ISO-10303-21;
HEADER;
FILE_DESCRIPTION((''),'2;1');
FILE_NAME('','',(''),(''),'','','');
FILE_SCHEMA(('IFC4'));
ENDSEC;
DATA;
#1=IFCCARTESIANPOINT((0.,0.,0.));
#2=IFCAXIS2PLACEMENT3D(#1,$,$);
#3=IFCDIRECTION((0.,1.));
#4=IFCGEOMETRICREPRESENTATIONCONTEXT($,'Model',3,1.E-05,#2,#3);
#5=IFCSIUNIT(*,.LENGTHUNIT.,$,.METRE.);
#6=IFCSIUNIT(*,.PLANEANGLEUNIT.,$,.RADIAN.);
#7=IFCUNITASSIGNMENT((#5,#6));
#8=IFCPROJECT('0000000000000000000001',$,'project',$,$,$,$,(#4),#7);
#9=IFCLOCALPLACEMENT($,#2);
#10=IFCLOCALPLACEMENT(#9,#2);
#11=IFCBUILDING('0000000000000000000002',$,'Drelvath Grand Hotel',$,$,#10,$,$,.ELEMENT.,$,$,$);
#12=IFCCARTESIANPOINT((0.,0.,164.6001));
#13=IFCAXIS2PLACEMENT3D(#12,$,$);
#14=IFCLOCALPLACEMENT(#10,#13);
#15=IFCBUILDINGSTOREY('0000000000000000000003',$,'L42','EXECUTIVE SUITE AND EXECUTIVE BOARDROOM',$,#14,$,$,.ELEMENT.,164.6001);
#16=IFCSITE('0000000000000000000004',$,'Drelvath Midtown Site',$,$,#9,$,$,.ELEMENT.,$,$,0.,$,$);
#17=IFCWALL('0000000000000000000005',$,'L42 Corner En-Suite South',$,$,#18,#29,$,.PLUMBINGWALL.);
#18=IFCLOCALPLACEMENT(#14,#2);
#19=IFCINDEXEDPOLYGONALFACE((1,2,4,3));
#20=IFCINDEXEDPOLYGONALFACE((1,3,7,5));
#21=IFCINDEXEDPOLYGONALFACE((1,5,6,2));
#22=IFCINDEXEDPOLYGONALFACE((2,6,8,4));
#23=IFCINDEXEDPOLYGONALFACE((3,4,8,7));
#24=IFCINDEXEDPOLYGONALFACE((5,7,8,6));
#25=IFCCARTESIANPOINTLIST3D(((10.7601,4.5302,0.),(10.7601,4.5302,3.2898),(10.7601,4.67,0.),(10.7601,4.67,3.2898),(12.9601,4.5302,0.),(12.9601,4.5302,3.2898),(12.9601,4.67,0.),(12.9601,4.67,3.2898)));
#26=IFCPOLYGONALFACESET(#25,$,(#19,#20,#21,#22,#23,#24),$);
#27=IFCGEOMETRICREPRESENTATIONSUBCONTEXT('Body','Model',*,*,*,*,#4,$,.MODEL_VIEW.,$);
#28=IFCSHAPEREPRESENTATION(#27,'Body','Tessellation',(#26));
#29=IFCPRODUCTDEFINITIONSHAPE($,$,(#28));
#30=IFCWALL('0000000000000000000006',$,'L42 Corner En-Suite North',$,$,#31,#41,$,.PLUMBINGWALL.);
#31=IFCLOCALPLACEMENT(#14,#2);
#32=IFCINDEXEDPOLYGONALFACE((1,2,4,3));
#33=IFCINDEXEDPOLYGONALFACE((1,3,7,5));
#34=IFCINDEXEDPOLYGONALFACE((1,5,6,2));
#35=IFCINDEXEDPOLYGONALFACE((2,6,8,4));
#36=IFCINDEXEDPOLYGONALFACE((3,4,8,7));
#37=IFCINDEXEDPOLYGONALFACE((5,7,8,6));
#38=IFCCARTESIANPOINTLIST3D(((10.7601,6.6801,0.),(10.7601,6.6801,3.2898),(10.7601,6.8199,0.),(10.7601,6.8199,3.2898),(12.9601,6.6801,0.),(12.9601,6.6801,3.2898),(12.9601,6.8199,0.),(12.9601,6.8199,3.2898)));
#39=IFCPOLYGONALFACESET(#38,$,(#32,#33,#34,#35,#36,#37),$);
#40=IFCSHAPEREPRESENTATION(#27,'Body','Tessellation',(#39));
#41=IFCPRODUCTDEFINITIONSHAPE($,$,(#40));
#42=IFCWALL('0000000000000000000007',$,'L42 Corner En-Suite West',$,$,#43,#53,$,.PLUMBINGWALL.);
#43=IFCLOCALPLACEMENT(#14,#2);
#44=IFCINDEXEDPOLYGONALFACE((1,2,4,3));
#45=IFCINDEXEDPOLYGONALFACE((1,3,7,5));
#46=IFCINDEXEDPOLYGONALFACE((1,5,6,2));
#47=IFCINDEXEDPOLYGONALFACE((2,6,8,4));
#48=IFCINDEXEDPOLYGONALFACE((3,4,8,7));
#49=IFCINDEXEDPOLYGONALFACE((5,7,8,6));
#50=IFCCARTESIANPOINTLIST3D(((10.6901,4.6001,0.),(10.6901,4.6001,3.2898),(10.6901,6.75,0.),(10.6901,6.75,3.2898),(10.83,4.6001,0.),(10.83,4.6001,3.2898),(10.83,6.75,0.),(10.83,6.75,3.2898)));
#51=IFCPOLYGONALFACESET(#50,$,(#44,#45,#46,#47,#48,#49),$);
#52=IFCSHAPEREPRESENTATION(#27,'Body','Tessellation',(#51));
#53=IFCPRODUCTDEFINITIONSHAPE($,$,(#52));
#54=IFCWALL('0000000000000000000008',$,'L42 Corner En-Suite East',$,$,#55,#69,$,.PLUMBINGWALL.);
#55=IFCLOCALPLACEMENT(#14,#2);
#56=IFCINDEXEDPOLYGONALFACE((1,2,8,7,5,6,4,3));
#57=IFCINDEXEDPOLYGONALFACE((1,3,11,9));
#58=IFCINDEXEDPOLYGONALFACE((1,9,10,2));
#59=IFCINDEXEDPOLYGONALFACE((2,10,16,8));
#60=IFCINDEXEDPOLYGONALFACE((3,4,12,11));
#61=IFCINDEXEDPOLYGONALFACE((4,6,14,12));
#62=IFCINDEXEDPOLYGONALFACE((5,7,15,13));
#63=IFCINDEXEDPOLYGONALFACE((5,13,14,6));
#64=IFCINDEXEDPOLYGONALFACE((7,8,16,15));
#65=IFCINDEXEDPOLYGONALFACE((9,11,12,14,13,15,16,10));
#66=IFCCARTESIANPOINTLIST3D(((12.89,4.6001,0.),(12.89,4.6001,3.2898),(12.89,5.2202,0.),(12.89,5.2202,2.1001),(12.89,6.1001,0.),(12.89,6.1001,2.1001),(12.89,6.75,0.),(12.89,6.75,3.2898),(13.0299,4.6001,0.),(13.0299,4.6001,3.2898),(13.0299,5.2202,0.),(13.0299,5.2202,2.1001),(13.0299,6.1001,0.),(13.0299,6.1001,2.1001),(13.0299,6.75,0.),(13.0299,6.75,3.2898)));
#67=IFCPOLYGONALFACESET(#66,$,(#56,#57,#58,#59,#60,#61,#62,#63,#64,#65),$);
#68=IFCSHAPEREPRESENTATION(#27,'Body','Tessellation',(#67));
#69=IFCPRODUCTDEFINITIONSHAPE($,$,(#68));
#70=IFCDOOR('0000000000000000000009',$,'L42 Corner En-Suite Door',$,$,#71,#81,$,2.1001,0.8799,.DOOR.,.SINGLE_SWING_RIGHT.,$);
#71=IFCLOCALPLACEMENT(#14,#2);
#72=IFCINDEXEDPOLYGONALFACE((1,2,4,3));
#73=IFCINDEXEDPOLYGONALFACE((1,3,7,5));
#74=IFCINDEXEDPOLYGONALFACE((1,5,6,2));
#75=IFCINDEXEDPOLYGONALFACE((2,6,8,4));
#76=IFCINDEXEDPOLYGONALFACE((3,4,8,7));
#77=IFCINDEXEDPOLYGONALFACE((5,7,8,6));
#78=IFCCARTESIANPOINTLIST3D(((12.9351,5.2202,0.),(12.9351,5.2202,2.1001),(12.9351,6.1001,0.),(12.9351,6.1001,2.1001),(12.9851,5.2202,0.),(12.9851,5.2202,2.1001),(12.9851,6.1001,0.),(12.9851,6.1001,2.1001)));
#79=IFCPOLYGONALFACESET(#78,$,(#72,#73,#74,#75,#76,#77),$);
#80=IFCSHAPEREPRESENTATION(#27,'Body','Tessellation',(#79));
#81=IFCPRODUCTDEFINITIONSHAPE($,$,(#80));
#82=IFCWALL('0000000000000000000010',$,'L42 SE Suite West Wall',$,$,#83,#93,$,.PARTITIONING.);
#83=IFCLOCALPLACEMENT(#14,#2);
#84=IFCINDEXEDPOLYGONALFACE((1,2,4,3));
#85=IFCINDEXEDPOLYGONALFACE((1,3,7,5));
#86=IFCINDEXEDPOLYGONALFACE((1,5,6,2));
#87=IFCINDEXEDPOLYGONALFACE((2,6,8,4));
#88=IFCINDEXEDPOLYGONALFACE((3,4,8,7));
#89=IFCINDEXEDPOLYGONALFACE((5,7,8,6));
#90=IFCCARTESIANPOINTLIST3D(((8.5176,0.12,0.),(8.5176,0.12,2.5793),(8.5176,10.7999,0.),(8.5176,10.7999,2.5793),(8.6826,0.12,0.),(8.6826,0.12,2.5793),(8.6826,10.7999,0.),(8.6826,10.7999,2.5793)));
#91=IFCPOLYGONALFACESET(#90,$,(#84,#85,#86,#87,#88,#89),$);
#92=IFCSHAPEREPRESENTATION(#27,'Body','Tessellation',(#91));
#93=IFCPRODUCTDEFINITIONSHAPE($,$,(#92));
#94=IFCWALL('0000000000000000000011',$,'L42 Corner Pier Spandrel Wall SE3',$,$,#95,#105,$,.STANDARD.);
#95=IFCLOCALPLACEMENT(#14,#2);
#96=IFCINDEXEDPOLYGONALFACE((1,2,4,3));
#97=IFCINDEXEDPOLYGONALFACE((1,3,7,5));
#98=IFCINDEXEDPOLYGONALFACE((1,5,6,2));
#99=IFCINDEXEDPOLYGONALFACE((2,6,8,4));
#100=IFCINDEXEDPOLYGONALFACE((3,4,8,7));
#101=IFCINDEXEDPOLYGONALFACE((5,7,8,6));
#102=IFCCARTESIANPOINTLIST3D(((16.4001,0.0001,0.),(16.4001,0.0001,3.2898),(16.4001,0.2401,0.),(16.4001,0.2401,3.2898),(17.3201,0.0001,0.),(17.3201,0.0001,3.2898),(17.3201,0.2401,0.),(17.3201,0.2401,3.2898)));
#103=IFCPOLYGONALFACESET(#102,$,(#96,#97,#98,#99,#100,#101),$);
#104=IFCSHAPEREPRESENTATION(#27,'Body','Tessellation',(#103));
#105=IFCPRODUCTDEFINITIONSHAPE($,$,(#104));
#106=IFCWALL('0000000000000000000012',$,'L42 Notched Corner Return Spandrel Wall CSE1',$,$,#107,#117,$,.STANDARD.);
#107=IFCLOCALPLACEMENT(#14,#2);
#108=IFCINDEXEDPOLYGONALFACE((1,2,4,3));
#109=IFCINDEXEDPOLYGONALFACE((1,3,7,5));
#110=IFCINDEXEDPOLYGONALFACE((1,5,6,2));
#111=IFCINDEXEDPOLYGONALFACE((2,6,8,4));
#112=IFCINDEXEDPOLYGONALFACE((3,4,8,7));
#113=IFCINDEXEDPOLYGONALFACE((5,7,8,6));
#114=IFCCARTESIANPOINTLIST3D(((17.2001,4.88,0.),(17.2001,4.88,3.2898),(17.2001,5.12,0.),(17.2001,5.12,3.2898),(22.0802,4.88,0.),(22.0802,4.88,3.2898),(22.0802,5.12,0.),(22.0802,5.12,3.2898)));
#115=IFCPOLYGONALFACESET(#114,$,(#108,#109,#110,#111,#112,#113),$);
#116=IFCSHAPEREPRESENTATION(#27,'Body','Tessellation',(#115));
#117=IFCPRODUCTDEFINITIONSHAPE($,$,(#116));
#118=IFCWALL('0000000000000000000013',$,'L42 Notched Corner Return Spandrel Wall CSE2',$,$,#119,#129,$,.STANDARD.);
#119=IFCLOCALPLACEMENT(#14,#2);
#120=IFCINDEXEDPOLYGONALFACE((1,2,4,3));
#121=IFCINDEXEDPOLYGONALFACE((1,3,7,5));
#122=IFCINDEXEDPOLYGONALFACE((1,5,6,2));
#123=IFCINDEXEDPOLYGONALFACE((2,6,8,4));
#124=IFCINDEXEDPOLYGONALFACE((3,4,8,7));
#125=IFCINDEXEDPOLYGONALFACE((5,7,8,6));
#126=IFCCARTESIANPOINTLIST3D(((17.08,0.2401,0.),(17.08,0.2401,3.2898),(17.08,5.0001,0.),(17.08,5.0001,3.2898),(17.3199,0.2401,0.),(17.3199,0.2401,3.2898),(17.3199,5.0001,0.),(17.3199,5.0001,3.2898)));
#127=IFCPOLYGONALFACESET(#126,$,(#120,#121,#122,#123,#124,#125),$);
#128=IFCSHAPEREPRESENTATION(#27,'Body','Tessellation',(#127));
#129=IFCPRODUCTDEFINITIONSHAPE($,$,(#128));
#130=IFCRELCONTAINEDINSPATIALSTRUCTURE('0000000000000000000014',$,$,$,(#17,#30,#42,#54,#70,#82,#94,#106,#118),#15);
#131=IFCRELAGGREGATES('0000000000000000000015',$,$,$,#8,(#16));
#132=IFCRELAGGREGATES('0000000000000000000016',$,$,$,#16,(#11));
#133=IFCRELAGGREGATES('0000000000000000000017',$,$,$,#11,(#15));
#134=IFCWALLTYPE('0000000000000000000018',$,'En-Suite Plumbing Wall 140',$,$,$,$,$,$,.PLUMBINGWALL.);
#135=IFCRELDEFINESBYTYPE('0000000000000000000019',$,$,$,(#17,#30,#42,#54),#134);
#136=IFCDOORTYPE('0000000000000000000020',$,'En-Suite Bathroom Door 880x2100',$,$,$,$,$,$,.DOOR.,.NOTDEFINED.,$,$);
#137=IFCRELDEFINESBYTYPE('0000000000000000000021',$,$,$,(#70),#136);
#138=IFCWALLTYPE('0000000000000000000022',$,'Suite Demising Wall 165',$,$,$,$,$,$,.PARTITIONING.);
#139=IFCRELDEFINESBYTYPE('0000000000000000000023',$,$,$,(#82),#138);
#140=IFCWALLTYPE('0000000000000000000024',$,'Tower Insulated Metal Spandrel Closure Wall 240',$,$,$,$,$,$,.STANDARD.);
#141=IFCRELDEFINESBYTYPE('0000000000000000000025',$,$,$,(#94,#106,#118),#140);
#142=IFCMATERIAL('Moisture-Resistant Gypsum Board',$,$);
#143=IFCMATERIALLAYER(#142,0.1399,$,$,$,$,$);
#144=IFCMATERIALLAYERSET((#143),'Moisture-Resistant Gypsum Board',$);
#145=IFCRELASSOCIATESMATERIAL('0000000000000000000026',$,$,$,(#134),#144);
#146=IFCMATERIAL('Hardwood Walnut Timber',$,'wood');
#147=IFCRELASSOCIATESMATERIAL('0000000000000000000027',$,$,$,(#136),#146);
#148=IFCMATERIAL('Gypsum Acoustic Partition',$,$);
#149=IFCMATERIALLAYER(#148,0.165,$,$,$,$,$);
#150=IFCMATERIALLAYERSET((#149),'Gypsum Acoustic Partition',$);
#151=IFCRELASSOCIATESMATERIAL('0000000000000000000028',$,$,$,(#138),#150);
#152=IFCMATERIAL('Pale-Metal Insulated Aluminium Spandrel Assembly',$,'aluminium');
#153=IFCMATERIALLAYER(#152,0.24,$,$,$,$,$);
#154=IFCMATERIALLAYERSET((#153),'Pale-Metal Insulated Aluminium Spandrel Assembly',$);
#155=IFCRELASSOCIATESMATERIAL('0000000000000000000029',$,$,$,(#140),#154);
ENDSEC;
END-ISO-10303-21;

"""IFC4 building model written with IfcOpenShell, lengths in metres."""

from ifc_helpers import new_model, si_unit, direction, frame, frame_2d, origin, place, context, subcontext, project, spatial, rectangle, extrude, material, layer, layer_set, type_object, element, fill, save


model = new_model("IFC4")

# Units and contexts
model_context = context("Model", 3, precision=1e-05, world=origin(), true_north=direction((0.0, 1.0)))
body_context = subcontext(model_context, "Body", "Model", "MODEL_VIEW")
ifc_project = project(units=[si_unit("LENGTHUNIT", "METRE"), si_unit("PLANEANGLEUNIT", "RADIAN")], contexts=[model_context])

# Site, building, storey
site_placement = place(None, origin())
site = spatial("IfcSite", under=ifc_project, at=site_placement, Name="Drelvath Midtown Site", CompositionType="ELEMENT", RefElevation=0.0)
building_placement = place(site_placement, origin())
building = spatial("IfcBuilding", under=site, at=building_placement, Name="Drelvath Grand Hotel", CompositionType="ELEMENT")
storey_placement = place(building_placement, frame((0.0, 0.0, 164.6001)))
storey = spatial("IfcBuildingStorey", under=building, at=storey_placement, Name="L42", Description="EXECUTIVE SUITE AND EXECUTIVE BOARDROOM", CompositionType="ELEMENT", Elevation=164.6001)

# Walls
ifc_material_1 = material(Name="Moisture-Resistant Gypsum Board")
ifc_layer_1 = layer(ifc_material_1, 0.1399)
ifc_layer_set_1 = layer_set([ifc_layer_1], Name="Moisture-Resistant Gypsum Board")
wall_type_1 = type_object("IfcWallType", Name="En-Suite Plumbing Wall 140", PredefinedType="PLUMBINGWALL", material=ifc_layer_set_1)
for number, where, z_axis, x_axis, name in (
    (1, (10.76, 4.6001, 0.0), (0.0, 0.0, 1.0), (1.0, 0.0, 0.0), "L42 Corner En-Suite South"),
    (2, (10.76, 6.75, 0.0), (0.0, 0.0, 1.0), (1.0, 0.0, 0.0), "L42 Corner En-Suite North"),
):
    element("IfcWall", number, at=place(storey_placement, frame(where, z_axis=z_axis, x_axis=x_axis)), inside=storey, type_object=wall_type_1, Name=name, PredefinedType="PLUMBINGWALL", context=body_context, shape_type="SweptSolid", body=[
        extrude(rectangle(XDim=2.2, YDim=0.1399, at=frame_2d((1.1001, 0.0))), origin(), (0.0, 0.0, 1.0), 3.2898),
    ])
wall_1_placement = place(storey_placement, frame((10.76, 4.6001, 0.0), z_axis=(0.0, 0.0, 1.0), x_axis=(0.0, 1.0, 0.0)))
element("IfcWall", 3, at=wall_1_placement, inside=storey, type_object=wall_type_1, Name="L42 Corner En-Suite West", PredefinedType="PLUMBINGWALL", context=body_context, shape_type="SweptSolid", body=[
    extrude(rectangle(XDim=2.1499, YDim=0.1399, at=frame_2d((1.075, 0.0))), origin(), (0.0, 0.0, 1.0), 3.2898),
])

# Wall, opening, door
wall_2_placement = place(storey_placement, frame((12.96, 4.6001, 0.0), z_axis=(0.0, 0.0, 1.0), x_axis=(0.0, 1.0, 0.0)))
wall_2 = element("IfcWall", 4, at=wall_2_placement, inside=storey, type_object=wall_type_1, Name="L42 Corner En-Suite East", PredefinedType="PLUMBINGWALL", context=body_context, shape_type="SweptSolid", body=[
    extrude(rectangle(XDim=2.1499, YDim=0.1399, at=frame_2d((1.075, 0.0))), origin(), (0.0, 0.0, 1.0), 3.2898),
])
opening_placement = place(wall_2_placement, frame((0.6201, 0.0, 0.0)))
opening = element("IfcOpeningElement", 5, at=opening_placement, cuts=wall_2, PredefinedType="OPENING", context=body_context, shape_type="SweptSolid", body=[
    extrude(rectangle(XDim=0.8799, YDim=2.1001, at=frame_2d((0.4399, 1.05))), frame((0.0, 0.0798, 0.0), z_axis=(0.0, -1.0, 0.0), x_axis=(1.0, 0.0, 0.0)), (0.0, 0.0, 1.0), 0.1599),
])
ifc_material_2 = material(Name="Hardwood Walnut Timber", Category="wood")
door_type = type_object("IfcDoorType", Name="En-Suite Bathroom Door 880x2100", OperationType="NOTDEFINED", PredefinedType="DOOR", material=ifc_material_2)
door_placement = place(opening_placement, origin())
door = element("IfcDoor", 6, at=door_placement, inside=storey, type_object=door_type, Name="L42 Corner En-Suite Door", OperationType="SINGLE_SWING_RIGHT", OverallHeight=2.1001, OverallWidth=0.8799, PredefinedType="DOOR", context=body_context, shape_type="SweptSolid", body=[
    extrude(rectangle(XDim=0.8799, YDim=2.1001, at=frame_2d((0.4399, 1.05))), frame((0.0, 0.0249, 0.0), z_axis=(0.0, -1.0, 0.0), x_axis=(1.0, 0.0, 0.0)), (0.0, 0.0, 1.0), 0.05),
])
fill(opening, door)

# Walls
ifc_material_3 = material(Name="Gypsum Acoustic Partition")
ifc_layer_2 = layer(ifc_material_3, 0.165)
ifc_layer_set_2 = layer_set([ifc_layer_2], Name="Gypsum Acoustic Partition")
wall_type_2 = type_object("IfcWallType", Name="Suite Demising Wall 165", PredefinedType="PARTITIONING", material=ifc_layer_set_2)
wall_3_placement = place(storey_placement, frame((8.6001, 0.1201, 0.0), z_axis=(0.0, 0.0, 1.0), x_axis=(0.0, 1.0, 0.0)))
element("IfcWall", 7, at=wall_3_placement, inside=storey, type_object=wall_type_2, Name="L42 SE Suite West Wall", PredefinedType="PARTITIONING", context=body_context, shape_type="SweptSolid", body=[
    extrude(rectangle(XDim=10.6799, YDim=0.165, at=frame_2d((5.3398, 0.0))), origin(), (0.0, 0.0, 1.0), 2.5793),
])
ifc_material_4 = material(Name="Pale-Metal Insulated Aluminium Spandrel Assembly", Category="aluminium")
ifc_layer_3 = layer(ifc_material_4, 0.24)
ifc_layer_set_3 = layer_set([ifc_layer_3], Name="Pale-Metal Insulated Aluminium Spandrel Assembly")
wall_type_3 = type_object("IfcWallType", Name="Tower Insulated Metal Spandrel Closure Wall 240", PredefinedType="STANDARD", material=ifc_layer_set_3)
wall_4_placement = place(storey_placement, frame((17.3201, 0.1201, 0.0), z_axis=(0.0, 0.0, 1.0), x_axis=(-1.0, 0.0, 0.0)))
element("IfcWall", 8, at=wall_4_placement, inside=storey, type_object=wall_type_3, Name="L42 Corner Pier Spandrel Wall SE3", PredefinedType="STANDARD", context=body_context, shape_type="SweptSolid", body=[
    extrude(rectangle(XDim=0.9199, YDim=0.24, at=frame_2d((0.46, 0.0))), origin(), (0.0, 0.0, 1.0), 3.2898),
])
wall_5_placement = place(storey_placement, frame((22.0801, 5.0, 0.0), z_axis=(0.0, 0.0, 1.0), x_axis=(-1.0, 0.0, 0.0)))
element("IfcWall", 9, at=wall_5_placement, inside=storey, type_object=wall_type_3, Name="L42 Notched Corner Return Spandrel Wall CSE1", PredefinedType="STANDARD", context=body_context, shape_type="SweptSolid", body=[
    extrude(rectangle(XDim=4.8801, YDim=0.24, at=frame_2d((2.4399, 0.0))), origin(), (0.0, 0.0, 1.0), 3.2898),
])
wall_6_placement = place(storey_placement, frame((17.2, 5.0, 0.0), z_axis=(0.0, 0.0, 1.0), x_axis=(0.0, -1.0, 0.0)))
element("IfcWall", 10, at=wall_6_placement, inside=storey, type_object=wall_type_3, Name="L42 Notched Corner Return Spandrel Wall CSE2", PredefinedType="STANDARD", context=body_context, shape_type="SweptSolid", body=[
    extrude(rectangle(XDim=4.76, YDim=0.24, at=frame_2d((2.3799, 0.0))), origin(), (0.0, 0.0, 1.0), 3.2898),
])

save(model, "model.ifc")
